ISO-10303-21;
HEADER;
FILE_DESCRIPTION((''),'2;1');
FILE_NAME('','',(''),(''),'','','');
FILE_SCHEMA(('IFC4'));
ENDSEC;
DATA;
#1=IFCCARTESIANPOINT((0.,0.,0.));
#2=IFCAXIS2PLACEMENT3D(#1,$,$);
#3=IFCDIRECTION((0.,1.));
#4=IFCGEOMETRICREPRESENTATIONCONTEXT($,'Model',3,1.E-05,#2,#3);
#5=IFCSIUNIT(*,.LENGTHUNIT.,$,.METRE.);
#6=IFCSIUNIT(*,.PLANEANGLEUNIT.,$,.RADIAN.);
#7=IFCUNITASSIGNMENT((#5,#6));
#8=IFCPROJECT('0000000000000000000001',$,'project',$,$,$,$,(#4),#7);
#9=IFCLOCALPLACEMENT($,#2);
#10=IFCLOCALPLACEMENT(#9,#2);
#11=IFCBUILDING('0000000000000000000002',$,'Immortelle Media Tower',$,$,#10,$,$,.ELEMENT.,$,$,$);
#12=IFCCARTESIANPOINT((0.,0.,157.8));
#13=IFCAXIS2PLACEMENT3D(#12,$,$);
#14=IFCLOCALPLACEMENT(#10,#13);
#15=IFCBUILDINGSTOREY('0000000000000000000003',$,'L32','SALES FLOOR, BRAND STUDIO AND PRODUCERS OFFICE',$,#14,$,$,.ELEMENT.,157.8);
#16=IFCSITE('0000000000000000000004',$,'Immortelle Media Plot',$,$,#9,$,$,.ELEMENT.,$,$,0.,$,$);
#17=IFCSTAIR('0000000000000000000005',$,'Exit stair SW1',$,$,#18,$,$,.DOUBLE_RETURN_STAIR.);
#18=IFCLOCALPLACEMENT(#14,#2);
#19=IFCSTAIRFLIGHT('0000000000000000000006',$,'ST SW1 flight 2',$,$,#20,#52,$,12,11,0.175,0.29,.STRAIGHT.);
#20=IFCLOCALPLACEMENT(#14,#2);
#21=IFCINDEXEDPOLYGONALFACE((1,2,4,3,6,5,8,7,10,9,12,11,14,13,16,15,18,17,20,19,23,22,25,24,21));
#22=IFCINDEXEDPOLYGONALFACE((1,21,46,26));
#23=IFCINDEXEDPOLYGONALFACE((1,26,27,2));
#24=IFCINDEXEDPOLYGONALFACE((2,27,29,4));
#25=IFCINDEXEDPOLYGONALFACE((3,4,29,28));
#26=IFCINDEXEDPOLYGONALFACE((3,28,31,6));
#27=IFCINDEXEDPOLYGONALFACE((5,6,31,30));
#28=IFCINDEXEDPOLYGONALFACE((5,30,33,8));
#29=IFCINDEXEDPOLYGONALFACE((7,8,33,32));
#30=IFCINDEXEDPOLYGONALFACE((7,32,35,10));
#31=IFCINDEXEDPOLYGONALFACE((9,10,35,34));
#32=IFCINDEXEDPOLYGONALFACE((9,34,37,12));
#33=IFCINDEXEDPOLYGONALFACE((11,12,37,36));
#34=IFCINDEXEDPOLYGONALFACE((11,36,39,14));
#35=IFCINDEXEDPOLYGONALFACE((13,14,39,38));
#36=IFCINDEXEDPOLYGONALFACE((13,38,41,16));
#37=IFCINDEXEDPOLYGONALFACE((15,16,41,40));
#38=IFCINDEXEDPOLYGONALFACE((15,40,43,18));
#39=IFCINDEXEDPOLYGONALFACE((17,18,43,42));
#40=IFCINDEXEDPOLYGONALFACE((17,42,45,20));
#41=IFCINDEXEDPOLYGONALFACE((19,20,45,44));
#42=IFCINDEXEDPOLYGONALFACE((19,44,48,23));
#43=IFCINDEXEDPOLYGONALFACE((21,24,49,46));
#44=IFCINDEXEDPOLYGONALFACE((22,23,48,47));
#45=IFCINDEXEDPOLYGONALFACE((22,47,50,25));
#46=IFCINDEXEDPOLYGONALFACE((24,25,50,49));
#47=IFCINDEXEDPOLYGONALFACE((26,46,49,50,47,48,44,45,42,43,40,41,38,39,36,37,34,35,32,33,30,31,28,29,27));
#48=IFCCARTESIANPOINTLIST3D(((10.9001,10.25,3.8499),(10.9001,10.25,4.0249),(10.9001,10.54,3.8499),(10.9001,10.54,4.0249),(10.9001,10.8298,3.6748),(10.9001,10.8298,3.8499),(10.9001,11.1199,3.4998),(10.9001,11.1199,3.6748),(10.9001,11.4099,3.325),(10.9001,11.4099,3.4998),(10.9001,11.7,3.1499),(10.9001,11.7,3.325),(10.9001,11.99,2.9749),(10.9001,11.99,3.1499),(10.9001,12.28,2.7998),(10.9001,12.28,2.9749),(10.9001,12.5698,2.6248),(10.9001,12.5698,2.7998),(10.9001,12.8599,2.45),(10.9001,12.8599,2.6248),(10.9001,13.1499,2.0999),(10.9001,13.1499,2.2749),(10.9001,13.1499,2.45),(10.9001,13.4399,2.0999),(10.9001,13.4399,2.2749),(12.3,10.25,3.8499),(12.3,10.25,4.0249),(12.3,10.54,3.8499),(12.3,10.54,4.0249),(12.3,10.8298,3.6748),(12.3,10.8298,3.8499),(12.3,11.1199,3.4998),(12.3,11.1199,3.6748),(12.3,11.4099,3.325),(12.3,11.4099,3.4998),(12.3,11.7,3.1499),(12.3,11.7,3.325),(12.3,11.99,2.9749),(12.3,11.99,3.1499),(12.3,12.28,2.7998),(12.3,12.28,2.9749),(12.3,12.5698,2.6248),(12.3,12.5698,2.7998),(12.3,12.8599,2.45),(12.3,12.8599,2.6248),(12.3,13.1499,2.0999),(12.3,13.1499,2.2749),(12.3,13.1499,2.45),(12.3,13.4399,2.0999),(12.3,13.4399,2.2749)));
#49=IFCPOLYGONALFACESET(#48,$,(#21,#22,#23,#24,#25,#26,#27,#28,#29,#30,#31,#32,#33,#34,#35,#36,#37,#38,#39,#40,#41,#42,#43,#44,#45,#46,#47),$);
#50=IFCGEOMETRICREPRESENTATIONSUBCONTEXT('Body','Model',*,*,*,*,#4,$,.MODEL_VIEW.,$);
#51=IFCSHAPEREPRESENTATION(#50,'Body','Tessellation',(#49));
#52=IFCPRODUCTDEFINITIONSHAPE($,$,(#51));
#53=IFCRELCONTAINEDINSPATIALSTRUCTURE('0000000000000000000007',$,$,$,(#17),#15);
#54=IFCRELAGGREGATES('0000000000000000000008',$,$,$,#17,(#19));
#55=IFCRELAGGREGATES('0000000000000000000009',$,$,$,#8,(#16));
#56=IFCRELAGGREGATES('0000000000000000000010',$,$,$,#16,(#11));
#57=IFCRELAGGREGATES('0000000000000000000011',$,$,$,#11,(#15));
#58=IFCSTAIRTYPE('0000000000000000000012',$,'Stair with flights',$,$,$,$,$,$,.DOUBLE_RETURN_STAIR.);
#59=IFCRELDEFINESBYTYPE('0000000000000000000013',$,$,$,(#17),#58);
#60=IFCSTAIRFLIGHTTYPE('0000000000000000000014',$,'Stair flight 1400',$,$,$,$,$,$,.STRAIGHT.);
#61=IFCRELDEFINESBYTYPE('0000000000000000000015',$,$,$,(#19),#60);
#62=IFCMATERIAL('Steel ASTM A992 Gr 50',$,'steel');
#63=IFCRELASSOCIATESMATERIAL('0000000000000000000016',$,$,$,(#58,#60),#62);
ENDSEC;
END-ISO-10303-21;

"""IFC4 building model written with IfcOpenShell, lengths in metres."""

from ifc_helpers import new_model, si_unit, direction, frame, origin, place, context, subcontext, project, spatial, polyline, outline, extrude, material, type_object, element, aggregate, save


model = new_model("IFC4")

# Units and contexts
model_context = context("Model", 3, precision=1e-05, world=origin(), true_north=direction((0.0, 1.0)))
body_context = subcontext(model_context, "Body", "Model", "MODEL_VIEW")
ifc_project = project(units=[si_unit("LENGTHUNIT", "METRE"), si_unit("PLANEANGLEUNIT", "RADIAN")], contexts=[model_context])

# Site, building, storey
site_placement = place(None, origin())
site = spatial("IfcSite", under=ifc_project, at=site_placement, Name="Immortelle Media Plot", CompositionType="ELEMENT", RefElevation=0.0)
building_placement = place(site_placement, origin())
building = spatial("IfcBuilding", under=site, at=building_placement, Name="Immortelle Media Tower", CompositionType="ELEMENT")
storey_placement = place(building_placement, frame((0.0, 0.0, 157.8)))
storey = spatial("IfcBuildingStorey", under=building, at=storey_placement, Name="L32", Description="SALES FLOOR, BRAND STUDIO AND PRODUCERS OFFICE", CompositionType="ELEMENT", Elevation=157.8)

# Shared definitions
ifc_material_1 = material(Name="Steel ASTM A992 Gr 50", Category="steel")

# Stair, stair flight
stair_type = type_object("IfcStairType", Name="Stair with flights", PredefinedType="DOUBLE_RETURN_STAIR", material=ifc_material_1)
stair_placement = place(storey_placement, origin())
stair = element("IfcStair", 1, at=stair_placement, inside=storey, type_object=stair_type, Name="Exit stair SW1", PredefinedType="DOUBLE_RETURN_STAIR")
stair_flight_type = type_object("IfcStairFlightType", Name="Stair flight 1400", PredefinedType="STRAIGHT", material=ifc_material_1)
stair_flight_1_placement = place(storey_placement, frame((11.6001, 13.4399, 2.0999), z_axis=(0.0, 0.0, 1.0), x_axis=(0.0, -1.0, 0.0)))
stair_flight_1 = element("IfcStairFlight", 2, at=stair_flight_1_placement, type_object=stair_flight_type, Name="ST SW1 flight 2", NumberOfRisers=12, NumberOfTreads=11, PredefinedType="STRAIGHT", RiserHeight=0.175, TreadLength=0.29, context=body_context, shape_type="SweptSolid", body=[
    extrude(outline(polyline([(0.0, 0.0), (0.0, 0.175), (0.29, 0.175), (0.29, 0.3501), (0.5801, 0.3501), (0.5801, 0.5249), (0.8701, 0.5249), (0.8701, 0.7), (1.1599, 0.7), (1.1599, 0.875), (1.45, 0.875), (1.45, 1.05), (1.74, 1.05), (1.74, 1.2251), (2.03, 1.2251), (2.03, 1.3999), (2.3201, 1.3999), (2.3201, 1.575), (2.6101, 1.575), (2.6101, 1.75), (2.8999, 1.75), (2.8999, 1.925), (3.1899, 1.925), (3.1899, 2.1001), (3.1899, 1.75), (0.29, 0.0), (0.0, 0.0)])), frame((0.0, 0.7, 0.0), z_axis=(0.0, -1.0, 0.0), x_axis=(1.0, 0.0, 0.0)), (0.0, 0.0, 1.0), 1.3999),
])
aggregate(stair, [stair_flight_1])

save(model, "model.ifc")
